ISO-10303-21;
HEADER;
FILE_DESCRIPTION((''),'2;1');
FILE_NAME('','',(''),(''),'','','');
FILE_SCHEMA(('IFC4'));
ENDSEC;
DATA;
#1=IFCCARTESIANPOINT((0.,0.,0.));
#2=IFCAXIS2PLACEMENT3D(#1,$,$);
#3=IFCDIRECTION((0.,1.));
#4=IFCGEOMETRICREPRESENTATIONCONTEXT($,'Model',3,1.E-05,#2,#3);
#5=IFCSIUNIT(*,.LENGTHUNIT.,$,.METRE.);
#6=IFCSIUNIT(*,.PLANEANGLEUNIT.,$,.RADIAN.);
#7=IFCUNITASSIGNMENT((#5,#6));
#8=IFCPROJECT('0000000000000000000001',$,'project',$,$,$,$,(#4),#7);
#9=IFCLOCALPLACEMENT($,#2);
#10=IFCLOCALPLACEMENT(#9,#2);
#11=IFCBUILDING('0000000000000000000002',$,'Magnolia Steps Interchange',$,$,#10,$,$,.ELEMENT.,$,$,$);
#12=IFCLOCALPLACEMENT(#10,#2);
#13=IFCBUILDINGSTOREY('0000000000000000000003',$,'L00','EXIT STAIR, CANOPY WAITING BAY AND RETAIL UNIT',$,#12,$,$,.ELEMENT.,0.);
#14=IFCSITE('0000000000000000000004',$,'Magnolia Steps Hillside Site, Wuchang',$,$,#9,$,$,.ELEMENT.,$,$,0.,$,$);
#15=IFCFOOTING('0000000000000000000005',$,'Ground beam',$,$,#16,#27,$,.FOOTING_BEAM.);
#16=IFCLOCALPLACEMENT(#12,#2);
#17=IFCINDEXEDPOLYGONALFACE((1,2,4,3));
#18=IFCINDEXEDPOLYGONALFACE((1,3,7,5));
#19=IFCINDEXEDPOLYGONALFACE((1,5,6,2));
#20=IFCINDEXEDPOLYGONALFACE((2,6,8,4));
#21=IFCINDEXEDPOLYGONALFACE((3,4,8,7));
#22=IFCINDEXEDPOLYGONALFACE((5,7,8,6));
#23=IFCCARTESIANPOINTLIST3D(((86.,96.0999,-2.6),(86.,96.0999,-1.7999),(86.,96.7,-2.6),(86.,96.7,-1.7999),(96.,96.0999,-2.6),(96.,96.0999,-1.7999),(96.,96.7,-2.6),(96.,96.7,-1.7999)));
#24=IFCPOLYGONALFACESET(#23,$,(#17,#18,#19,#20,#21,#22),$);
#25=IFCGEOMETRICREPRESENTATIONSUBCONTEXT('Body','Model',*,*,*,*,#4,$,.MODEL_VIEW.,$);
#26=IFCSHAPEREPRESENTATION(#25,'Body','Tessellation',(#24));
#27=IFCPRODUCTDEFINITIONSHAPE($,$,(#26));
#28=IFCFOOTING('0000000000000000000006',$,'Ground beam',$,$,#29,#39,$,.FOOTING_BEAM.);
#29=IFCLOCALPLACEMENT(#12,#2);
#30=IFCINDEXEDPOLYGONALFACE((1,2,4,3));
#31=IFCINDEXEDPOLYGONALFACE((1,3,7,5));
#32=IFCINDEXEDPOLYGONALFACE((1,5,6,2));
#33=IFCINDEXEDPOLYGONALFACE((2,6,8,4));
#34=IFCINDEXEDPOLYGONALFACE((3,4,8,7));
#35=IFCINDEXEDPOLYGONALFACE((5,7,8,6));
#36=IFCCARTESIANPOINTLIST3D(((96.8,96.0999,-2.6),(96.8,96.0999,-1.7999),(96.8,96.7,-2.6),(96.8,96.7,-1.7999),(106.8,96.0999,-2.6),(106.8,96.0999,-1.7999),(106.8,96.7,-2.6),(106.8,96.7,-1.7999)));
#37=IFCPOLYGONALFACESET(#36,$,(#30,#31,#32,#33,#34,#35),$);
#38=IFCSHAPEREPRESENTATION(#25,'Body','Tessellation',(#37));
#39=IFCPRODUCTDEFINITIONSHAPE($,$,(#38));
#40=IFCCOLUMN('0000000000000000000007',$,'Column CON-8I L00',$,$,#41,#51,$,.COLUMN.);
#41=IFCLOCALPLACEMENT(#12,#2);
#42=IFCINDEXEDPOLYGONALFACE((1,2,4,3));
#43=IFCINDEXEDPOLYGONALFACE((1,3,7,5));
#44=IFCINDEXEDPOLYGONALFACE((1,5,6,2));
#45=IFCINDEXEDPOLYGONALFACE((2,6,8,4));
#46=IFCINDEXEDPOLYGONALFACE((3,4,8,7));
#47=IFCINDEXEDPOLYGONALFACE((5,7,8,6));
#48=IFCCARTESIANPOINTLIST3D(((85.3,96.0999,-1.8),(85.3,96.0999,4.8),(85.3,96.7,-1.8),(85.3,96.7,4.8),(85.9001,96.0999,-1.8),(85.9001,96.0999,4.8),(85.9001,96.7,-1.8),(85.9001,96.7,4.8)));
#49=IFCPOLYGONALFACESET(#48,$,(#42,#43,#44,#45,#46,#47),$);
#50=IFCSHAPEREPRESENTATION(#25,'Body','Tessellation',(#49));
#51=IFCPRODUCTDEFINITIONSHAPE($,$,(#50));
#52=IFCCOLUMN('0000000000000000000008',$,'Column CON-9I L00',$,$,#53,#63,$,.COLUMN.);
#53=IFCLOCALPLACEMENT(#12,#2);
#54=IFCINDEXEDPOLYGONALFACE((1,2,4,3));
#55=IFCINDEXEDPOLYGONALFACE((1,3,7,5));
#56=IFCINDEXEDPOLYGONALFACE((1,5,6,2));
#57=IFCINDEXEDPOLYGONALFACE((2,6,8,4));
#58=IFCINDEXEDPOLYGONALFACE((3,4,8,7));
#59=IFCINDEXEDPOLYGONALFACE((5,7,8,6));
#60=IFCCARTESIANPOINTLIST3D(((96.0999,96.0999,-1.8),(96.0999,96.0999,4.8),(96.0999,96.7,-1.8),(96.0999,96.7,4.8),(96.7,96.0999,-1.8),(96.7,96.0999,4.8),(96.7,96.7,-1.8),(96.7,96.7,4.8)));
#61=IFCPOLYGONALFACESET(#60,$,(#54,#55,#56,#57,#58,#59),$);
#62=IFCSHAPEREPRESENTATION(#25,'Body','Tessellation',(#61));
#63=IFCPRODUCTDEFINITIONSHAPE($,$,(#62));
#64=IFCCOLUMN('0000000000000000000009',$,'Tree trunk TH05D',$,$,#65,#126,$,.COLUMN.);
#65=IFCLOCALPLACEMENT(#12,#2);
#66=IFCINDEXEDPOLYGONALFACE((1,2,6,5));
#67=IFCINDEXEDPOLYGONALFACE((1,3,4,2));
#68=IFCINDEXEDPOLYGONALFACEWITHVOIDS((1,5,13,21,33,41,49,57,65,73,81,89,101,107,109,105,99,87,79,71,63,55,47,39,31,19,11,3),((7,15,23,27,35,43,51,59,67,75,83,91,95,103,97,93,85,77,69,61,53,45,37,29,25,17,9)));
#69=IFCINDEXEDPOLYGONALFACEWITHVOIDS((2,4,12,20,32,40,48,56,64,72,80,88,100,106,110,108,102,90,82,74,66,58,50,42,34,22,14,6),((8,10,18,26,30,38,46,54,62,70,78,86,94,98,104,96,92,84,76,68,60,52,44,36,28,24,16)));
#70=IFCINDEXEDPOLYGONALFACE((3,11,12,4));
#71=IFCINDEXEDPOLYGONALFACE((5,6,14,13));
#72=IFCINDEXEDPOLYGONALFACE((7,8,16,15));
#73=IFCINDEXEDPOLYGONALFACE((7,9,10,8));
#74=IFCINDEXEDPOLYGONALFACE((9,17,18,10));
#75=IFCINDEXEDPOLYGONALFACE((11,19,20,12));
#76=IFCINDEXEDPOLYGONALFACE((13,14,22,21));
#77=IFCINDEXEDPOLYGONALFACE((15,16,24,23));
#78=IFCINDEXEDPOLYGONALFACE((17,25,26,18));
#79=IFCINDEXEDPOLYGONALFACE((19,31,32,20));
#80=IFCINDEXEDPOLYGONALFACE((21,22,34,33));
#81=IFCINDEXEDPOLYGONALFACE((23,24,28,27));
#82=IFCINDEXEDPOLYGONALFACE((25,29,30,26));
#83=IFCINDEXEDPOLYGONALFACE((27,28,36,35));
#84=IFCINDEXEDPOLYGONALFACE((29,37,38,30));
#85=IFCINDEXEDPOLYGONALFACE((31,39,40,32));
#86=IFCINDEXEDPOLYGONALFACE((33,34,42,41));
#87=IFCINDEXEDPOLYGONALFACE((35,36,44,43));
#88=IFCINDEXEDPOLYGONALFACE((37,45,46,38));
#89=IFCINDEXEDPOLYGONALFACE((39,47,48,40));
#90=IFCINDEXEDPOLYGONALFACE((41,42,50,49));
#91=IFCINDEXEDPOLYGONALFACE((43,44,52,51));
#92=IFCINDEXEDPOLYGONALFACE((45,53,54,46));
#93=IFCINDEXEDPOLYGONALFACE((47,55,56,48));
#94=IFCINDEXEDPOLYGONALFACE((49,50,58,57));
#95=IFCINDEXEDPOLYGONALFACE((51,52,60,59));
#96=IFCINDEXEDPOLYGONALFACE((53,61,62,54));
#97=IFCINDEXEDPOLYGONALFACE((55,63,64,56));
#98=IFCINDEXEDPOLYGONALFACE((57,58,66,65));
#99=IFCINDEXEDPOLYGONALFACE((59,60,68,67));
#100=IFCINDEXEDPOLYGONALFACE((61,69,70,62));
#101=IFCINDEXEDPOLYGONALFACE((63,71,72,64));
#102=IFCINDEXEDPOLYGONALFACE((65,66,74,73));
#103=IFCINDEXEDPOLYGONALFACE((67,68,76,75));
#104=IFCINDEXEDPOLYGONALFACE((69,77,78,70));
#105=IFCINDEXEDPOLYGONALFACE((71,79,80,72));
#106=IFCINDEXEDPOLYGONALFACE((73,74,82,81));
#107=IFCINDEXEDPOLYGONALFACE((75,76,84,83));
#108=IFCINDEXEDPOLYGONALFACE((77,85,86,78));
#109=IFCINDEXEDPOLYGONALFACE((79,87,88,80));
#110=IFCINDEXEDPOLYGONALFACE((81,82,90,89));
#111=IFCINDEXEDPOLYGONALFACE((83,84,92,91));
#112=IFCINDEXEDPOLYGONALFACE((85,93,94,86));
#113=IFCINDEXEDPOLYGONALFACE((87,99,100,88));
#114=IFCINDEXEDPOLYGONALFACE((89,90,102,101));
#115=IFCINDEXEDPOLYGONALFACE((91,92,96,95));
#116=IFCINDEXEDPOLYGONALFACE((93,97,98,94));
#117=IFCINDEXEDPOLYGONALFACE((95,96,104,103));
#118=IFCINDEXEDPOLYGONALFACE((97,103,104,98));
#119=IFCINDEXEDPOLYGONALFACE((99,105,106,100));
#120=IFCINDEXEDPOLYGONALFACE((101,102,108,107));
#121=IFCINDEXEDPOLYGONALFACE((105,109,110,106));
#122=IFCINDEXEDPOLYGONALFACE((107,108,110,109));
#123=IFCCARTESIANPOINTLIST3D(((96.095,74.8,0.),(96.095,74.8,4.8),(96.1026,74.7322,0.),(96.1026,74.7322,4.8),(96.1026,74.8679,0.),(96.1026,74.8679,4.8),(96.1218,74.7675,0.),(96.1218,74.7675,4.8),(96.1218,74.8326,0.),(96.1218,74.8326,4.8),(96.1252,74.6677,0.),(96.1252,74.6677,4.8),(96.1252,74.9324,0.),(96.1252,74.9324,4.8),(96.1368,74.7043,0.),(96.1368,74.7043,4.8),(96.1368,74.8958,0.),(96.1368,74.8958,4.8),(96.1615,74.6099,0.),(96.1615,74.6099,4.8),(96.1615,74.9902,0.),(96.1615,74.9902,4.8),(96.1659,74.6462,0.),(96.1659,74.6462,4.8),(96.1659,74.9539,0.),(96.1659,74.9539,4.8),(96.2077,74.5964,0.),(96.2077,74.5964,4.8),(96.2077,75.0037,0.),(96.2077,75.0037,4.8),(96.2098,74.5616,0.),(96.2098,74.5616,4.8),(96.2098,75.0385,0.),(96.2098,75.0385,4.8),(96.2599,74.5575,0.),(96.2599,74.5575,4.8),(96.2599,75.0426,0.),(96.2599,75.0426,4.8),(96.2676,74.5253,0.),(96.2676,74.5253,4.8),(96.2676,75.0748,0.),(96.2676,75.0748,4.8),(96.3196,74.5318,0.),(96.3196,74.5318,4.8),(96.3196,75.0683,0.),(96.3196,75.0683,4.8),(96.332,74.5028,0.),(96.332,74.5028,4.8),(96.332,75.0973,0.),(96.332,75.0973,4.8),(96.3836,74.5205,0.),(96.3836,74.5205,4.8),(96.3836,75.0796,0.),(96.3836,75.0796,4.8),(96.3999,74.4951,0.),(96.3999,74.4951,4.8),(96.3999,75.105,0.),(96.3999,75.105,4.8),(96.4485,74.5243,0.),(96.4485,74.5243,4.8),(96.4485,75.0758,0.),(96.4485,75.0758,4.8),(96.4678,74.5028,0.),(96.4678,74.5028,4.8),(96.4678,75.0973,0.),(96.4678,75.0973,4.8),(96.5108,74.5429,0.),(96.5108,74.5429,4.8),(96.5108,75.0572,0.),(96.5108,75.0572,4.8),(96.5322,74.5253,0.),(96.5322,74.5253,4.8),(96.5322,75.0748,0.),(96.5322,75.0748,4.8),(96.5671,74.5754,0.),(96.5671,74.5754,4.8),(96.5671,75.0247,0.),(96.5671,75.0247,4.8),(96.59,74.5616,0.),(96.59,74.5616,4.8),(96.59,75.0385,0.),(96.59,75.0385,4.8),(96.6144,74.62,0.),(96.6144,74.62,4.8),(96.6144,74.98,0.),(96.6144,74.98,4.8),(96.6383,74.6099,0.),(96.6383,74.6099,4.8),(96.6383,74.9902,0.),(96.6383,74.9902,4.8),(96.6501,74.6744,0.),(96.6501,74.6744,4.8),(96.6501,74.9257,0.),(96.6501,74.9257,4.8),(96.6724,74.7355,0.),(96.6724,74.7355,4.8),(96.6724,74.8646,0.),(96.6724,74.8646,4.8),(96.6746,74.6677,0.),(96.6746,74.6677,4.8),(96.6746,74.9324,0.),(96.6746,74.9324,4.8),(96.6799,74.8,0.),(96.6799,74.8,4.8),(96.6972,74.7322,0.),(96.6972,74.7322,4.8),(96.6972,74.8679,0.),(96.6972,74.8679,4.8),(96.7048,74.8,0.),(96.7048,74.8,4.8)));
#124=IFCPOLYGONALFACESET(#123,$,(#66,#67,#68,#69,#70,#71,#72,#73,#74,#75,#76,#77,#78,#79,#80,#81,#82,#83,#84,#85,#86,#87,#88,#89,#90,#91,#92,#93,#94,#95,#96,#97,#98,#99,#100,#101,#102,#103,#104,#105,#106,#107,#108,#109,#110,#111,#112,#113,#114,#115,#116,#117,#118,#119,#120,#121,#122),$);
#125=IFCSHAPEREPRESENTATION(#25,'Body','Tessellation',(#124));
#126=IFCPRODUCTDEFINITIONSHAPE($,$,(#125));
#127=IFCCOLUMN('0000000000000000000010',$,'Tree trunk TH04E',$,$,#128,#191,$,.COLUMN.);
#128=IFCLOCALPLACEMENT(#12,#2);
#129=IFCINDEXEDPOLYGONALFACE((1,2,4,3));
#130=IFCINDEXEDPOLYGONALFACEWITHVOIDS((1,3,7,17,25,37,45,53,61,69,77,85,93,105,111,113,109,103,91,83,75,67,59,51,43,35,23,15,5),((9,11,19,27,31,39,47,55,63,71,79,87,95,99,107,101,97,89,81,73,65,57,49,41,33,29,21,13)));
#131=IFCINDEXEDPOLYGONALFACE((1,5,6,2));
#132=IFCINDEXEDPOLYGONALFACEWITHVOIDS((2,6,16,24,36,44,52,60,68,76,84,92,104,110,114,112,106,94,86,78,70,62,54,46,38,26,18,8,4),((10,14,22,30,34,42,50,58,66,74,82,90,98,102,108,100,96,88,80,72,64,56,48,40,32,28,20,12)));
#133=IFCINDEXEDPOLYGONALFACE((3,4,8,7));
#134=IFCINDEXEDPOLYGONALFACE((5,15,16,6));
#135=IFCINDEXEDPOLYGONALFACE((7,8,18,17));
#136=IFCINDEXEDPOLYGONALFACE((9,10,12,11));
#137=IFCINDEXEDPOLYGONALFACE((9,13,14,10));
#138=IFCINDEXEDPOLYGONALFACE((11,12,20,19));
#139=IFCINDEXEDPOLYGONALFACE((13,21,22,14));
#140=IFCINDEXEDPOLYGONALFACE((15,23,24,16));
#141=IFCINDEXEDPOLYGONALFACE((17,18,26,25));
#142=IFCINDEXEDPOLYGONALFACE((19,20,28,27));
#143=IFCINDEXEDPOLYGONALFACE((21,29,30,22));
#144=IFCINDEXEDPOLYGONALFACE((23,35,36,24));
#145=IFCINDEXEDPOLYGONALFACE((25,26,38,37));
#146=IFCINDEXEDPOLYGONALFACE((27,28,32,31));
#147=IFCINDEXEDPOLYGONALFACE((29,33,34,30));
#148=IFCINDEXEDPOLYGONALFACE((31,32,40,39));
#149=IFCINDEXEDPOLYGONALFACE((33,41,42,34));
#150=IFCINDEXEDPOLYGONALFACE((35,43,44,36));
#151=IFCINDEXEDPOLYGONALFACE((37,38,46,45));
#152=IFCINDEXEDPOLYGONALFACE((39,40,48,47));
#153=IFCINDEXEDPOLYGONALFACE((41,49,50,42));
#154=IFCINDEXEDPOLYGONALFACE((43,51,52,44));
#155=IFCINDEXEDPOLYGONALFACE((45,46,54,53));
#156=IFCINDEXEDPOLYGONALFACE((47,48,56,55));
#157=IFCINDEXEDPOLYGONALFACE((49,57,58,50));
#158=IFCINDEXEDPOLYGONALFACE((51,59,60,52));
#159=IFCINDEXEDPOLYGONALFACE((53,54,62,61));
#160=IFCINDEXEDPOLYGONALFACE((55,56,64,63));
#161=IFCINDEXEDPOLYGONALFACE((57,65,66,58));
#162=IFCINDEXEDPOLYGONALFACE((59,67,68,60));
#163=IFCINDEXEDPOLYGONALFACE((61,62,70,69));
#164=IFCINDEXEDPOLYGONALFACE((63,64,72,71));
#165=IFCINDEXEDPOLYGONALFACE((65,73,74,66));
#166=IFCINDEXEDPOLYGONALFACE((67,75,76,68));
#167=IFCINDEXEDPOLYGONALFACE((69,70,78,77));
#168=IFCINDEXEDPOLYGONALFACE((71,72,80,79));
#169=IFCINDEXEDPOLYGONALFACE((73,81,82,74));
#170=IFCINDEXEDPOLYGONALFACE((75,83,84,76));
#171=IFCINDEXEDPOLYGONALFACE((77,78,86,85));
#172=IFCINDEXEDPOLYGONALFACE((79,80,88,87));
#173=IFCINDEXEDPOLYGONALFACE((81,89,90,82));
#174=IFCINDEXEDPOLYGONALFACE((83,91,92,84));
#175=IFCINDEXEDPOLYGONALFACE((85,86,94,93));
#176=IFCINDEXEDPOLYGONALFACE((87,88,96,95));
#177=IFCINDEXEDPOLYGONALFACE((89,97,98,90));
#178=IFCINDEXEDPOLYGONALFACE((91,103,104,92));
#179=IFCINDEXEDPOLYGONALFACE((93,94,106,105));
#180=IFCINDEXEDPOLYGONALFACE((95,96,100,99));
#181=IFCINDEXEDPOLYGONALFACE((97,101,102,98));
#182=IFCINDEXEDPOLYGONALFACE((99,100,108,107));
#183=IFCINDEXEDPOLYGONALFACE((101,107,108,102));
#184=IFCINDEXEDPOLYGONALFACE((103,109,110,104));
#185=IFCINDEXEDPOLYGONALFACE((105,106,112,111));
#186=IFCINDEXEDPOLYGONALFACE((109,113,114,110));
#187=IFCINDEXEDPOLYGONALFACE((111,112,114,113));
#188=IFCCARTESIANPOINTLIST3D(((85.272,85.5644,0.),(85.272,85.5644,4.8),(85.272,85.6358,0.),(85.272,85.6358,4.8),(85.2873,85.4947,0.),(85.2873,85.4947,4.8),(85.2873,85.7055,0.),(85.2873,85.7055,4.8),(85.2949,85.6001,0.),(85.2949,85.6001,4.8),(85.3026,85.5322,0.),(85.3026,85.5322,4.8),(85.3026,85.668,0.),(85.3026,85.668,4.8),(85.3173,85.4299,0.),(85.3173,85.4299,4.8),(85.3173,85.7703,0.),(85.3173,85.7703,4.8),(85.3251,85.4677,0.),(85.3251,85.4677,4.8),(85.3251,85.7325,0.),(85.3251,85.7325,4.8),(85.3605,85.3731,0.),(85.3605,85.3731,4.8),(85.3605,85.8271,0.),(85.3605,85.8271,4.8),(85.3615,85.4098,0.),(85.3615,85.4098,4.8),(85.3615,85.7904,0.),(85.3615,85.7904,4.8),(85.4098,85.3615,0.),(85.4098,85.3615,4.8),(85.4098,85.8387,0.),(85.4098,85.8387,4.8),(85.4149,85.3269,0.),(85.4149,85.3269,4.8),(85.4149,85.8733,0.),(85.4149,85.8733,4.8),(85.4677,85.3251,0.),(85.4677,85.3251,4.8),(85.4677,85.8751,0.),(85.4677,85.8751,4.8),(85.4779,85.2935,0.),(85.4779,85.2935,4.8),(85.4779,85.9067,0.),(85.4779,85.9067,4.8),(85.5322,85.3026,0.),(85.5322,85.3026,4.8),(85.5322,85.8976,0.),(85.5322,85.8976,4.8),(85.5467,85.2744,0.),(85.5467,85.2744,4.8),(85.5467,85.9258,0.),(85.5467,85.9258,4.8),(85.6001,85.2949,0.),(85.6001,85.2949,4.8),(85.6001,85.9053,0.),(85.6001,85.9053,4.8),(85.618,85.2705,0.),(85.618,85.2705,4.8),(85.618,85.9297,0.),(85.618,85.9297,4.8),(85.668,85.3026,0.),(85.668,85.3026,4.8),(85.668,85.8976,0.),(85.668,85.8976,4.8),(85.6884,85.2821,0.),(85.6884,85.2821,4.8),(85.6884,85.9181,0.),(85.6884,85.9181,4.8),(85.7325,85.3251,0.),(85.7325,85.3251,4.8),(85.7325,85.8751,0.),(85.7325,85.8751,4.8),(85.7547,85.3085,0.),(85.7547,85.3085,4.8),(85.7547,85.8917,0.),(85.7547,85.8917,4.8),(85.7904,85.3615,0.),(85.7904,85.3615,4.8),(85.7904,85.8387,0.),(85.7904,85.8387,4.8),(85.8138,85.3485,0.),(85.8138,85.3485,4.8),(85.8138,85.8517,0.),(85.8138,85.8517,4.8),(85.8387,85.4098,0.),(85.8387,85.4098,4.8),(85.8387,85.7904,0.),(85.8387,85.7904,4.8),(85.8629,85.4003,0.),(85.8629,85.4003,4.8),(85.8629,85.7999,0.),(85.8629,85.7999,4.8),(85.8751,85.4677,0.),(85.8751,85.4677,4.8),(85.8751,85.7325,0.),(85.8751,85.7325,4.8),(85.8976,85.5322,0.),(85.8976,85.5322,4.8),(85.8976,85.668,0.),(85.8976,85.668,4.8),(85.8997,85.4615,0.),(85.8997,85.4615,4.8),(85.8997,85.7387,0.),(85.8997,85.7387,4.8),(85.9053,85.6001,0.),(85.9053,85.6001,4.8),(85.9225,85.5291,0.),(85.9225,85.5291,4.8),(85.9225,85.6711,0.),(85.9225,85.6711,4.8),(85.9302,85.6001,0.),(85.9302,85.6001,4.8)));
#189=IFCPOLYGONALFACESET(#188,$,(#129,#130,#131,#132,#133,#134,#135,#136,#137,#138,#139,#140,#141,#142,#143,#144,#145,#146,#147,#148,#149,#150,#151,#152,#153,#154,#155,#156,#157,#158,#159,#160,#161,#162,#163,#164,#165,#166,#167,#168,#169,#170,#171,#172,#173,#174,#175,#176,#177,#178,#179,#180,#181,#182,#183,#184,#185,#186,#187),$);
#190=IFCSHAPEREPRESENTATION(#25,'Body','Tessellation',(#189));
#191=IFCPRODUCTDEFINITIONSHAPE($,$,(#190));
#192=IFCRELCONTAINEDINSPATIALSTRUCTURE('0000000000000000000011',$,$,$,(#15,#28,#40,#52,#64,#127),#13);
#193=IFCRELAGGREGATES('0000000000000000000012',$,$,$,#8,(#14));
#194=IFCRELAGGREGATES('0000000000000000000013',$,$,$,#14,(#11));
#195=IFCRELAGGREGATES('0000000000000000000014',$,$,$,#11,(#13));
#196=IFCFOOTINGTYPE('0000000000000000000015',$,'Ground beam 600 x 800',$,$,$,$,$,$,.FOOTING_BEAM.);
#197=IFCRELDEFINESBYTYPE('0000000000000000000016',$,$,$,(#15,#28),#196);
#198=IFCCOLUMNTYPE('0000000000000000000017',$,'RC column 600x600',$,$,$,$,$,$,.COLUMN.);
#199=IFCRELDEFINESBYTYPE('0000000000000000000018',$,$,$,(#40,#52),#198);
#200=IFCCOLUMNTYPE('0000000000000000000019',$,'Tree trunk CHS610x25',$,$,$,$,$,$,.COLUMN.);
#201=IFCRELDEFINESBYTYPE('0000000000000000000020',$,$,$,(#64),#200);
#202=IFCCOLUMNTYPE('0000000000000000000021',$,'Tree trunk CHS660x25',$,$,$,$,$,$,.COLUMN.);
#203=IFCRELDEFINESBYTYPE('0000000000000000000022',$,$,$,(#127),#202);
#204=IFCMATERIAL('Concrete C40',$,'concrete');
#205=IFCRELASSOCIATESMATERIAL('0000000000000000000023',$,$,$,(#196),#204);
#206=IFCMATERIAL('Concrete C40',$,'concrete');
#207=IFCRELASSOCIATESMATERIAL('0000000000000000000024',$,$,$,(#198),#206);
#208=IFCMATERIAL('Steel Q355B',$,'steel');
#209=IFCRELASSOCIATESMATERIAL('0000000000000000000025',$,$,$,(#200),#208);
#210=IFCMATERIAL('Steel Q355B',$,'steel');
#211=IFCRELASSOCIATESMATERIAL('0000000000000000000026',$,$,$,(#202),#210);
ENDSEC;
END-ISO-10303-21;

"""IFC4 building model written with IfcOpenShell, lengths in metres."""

from ifc_helpers import new_model, si_unit, direction, frame, origin, origin_2d, place, context, subcontext, project, spatial, rectangle, hollow_circle, extrude, material, material_profile, profile_set, type_object, element, save


model = new_model("IFC4")

# Units and contexts
model_context = context("Model", 3, precision=1e-05, world=origin(), true_north=direction((0.0, 1.0)))
body_context = subcontext(model_context, "Body", "Model", "MODEL_VIEW")
ifc_project = project(units=[si_unit("LENGTHUNIT", "METRE"), si_unit("PLANEANGLEUNIT", "RADIAN")], contexts=[model_context])

# Site, building, storey
site_placement = place(None, origin())
site = spatial("IfcSite", under=ifc_project, at=site_placement, Name="Magnolia Steps Hillside Site, Wuchang", CompositionType="ELEMENT", RefElevation=0.0)
building_placement = place(site_placement, origin())
building = spatial("IfcBuilding", under=site, at=building_placement, Name="Magnolia Steps Interchange", CompositionType="ELEMENT")
storey_placement = place(building_placement, origin())
storey = spatial("IfcBuildingStorey", under=building, at=storey_placement, Name="L00", Description="EXIT STAIR, CANOPY WAITING BAY AND RETAIL UNIT", CompositionType="ELEMENT", Elevation=0.0)

# Footings
ifc_material_1 = material(Name="Concrete C40", Category="concrete")
ifc_material_profile_1 = material_profile(ifc_material_1, rectangle(XDim=0.6001, YDim=0.8, at=origin_2d()), Name="RC600x800")
ifc_profile_set_1 = profile_set([ifc_material_profile_1], Name="Concrete C40")
footing_type = type_object("IfcFootingType", Name="Ground beam 600 x 800", PredefinedType="FOOTING_BEAM", material=ifc_profile_set_1)
for number, where, z_axis, x_axis, name in (
    (1, (86.0, 96.3999, -2.2), (1.0, 0.0, 0.0), (0.0, 1.0, 0.0), "Ground beam"),
    (2, (96.8, 96.3999, -2.2), (1.0, 0.0, 0.0), (0.0, 1.0, 0.0), "Ground beam"),
):
    element("IfcFooting", number, at=place(storey_placement, frame(where, z_axis=z_axis, x_axis=x_axis)), inside=storey, type_object=footing_type, Name=name, PredefinedType="FOOTING_BEAM", context=body_context, shape_type="SweptSolid", body=[
        extrude(rectangle(XDim=0.6001, YDim=0.8, at=origin_2d()), origin(), (0.0, 0.0, 1.0), 10.0),
    ])

# Columns
ifc_material_2 = material(Name="Concrete C40", Category="concrete")
ifc_material_profile_2 = material_profile(ifc_material_2, rectangle(XDim=0.6001, YDim=0.6001, at=origin_2d()), Name="RC600x600")
ifc_profile_set_2 = profile_set([ifc_material_profile_2], Name="Concrete C40")
column_type_1 = type_object("IfcColumnType", Name="RC column 600x600", PredefinedType="COLUMN", material=ifc_profile_set_2)
for number, where, z_axis, x_axis, name in (
    (3, (85.6001, 96.3999, -1.8), (0.0, 0.0, 1.0), (1.0, 0.0, 0.0), "Column CON-8I L00"),
    (4, (96.3999, 96.3999, -1.8), (0.0, 0.0, 1.0), (1.0, 0.0, 0.0), "Column CON-9I L00"),
):
    element("IfcColumn", number, at=place(storey_placement, frame(where, z_axis=z_axis, x_axis=x_axis)), inside=storey, type_object=column_type_1, Name=name, PredefinedType="COLUMN", context=body_context, shape_type="SweptSolid", body=[
        extrude(rectangle(XDim=0.6001, YDim=0.6001, at=origin_2d()), origin(), (0.0, 0.0, 1.0), 6.6001),
    ])
ifc_material_3 = material(Name="Steel Q355B", Category="steel")
ifc_material_profile_3 = material_profile(ifc_material_3, hollow_circle(Radius=0.3049, WallThickness=0.0249, at=origin_2d()), Name="CHS610x25")
ifc_profile_set_3 = profile_set([ifc_material_profile_3], Name="Steel Q355B")
column_type_2 = type_object("IfcColumnType", Name="Tree trunk CHS610x25", PredefinedType="COLUMN", material=ifc_profile_set_3)
column_placement = place(storey_placement, frame((96.3999, 74.8, 0.0), z_axis=(0.0, 0.0, 1.0), x_axis=(1.0, 0.0, 0.0)))
element("IfcColumn", 5, at=column_placement, inside=storey, type_object=column_type_2, Name="Tree trunk TH05D", PredefinedType="COLUMN", context=body_context, shape_type="SweptSolid", body=[
    extrude(hollow_circle(Radius=0.3049, WallThickness=0.0249, at=origin_2d()), origin(), (0.0, 0.0, 1.0), 4.8),
])
ifc_material_4 = material(Name="Steel Q355B", Category="steel")
ifc_material_profile_4 = material_profile(ifc_material_4, hollow_circle(Radius=0.3301, WallThickness=0.0249, at=origin_2d()), Name="CHS660x25")
ifc_profile_set_4 = profile_set([ifc_material_profile_4], Name="Steel Q355B")
column_type_3 = type_object("IfcColumnType", Name="Tree trunk CHS660x25", PredefinedType="COLUMN", material=ifc_profile_set_4)
for number, where, z_axis, x_axis, name in (
    (6, (85.6001, 85.6001, 0.0), (0.0, 0.0, 1.0), (1.0, 0.0, 0.0), "Tree trunk TH04E"),
):
    element("IfcColumn", number, at=place(storey_placement, frame(where, z_axis=z_axis, x_axis=x_axis)), inside=storey, type_object=column_type_3, Name=name, PredefinedType="COLUMN", context=body_context, shape_type="SweptSolid", body=[
        extrude(hollow_circle(Radius=0.3301, WallThickness=0.0249, at=origin_2d()), origin(), (0.0, 0.0, 1.0), 4.8),
    ])

save(model, "model.ifc")
